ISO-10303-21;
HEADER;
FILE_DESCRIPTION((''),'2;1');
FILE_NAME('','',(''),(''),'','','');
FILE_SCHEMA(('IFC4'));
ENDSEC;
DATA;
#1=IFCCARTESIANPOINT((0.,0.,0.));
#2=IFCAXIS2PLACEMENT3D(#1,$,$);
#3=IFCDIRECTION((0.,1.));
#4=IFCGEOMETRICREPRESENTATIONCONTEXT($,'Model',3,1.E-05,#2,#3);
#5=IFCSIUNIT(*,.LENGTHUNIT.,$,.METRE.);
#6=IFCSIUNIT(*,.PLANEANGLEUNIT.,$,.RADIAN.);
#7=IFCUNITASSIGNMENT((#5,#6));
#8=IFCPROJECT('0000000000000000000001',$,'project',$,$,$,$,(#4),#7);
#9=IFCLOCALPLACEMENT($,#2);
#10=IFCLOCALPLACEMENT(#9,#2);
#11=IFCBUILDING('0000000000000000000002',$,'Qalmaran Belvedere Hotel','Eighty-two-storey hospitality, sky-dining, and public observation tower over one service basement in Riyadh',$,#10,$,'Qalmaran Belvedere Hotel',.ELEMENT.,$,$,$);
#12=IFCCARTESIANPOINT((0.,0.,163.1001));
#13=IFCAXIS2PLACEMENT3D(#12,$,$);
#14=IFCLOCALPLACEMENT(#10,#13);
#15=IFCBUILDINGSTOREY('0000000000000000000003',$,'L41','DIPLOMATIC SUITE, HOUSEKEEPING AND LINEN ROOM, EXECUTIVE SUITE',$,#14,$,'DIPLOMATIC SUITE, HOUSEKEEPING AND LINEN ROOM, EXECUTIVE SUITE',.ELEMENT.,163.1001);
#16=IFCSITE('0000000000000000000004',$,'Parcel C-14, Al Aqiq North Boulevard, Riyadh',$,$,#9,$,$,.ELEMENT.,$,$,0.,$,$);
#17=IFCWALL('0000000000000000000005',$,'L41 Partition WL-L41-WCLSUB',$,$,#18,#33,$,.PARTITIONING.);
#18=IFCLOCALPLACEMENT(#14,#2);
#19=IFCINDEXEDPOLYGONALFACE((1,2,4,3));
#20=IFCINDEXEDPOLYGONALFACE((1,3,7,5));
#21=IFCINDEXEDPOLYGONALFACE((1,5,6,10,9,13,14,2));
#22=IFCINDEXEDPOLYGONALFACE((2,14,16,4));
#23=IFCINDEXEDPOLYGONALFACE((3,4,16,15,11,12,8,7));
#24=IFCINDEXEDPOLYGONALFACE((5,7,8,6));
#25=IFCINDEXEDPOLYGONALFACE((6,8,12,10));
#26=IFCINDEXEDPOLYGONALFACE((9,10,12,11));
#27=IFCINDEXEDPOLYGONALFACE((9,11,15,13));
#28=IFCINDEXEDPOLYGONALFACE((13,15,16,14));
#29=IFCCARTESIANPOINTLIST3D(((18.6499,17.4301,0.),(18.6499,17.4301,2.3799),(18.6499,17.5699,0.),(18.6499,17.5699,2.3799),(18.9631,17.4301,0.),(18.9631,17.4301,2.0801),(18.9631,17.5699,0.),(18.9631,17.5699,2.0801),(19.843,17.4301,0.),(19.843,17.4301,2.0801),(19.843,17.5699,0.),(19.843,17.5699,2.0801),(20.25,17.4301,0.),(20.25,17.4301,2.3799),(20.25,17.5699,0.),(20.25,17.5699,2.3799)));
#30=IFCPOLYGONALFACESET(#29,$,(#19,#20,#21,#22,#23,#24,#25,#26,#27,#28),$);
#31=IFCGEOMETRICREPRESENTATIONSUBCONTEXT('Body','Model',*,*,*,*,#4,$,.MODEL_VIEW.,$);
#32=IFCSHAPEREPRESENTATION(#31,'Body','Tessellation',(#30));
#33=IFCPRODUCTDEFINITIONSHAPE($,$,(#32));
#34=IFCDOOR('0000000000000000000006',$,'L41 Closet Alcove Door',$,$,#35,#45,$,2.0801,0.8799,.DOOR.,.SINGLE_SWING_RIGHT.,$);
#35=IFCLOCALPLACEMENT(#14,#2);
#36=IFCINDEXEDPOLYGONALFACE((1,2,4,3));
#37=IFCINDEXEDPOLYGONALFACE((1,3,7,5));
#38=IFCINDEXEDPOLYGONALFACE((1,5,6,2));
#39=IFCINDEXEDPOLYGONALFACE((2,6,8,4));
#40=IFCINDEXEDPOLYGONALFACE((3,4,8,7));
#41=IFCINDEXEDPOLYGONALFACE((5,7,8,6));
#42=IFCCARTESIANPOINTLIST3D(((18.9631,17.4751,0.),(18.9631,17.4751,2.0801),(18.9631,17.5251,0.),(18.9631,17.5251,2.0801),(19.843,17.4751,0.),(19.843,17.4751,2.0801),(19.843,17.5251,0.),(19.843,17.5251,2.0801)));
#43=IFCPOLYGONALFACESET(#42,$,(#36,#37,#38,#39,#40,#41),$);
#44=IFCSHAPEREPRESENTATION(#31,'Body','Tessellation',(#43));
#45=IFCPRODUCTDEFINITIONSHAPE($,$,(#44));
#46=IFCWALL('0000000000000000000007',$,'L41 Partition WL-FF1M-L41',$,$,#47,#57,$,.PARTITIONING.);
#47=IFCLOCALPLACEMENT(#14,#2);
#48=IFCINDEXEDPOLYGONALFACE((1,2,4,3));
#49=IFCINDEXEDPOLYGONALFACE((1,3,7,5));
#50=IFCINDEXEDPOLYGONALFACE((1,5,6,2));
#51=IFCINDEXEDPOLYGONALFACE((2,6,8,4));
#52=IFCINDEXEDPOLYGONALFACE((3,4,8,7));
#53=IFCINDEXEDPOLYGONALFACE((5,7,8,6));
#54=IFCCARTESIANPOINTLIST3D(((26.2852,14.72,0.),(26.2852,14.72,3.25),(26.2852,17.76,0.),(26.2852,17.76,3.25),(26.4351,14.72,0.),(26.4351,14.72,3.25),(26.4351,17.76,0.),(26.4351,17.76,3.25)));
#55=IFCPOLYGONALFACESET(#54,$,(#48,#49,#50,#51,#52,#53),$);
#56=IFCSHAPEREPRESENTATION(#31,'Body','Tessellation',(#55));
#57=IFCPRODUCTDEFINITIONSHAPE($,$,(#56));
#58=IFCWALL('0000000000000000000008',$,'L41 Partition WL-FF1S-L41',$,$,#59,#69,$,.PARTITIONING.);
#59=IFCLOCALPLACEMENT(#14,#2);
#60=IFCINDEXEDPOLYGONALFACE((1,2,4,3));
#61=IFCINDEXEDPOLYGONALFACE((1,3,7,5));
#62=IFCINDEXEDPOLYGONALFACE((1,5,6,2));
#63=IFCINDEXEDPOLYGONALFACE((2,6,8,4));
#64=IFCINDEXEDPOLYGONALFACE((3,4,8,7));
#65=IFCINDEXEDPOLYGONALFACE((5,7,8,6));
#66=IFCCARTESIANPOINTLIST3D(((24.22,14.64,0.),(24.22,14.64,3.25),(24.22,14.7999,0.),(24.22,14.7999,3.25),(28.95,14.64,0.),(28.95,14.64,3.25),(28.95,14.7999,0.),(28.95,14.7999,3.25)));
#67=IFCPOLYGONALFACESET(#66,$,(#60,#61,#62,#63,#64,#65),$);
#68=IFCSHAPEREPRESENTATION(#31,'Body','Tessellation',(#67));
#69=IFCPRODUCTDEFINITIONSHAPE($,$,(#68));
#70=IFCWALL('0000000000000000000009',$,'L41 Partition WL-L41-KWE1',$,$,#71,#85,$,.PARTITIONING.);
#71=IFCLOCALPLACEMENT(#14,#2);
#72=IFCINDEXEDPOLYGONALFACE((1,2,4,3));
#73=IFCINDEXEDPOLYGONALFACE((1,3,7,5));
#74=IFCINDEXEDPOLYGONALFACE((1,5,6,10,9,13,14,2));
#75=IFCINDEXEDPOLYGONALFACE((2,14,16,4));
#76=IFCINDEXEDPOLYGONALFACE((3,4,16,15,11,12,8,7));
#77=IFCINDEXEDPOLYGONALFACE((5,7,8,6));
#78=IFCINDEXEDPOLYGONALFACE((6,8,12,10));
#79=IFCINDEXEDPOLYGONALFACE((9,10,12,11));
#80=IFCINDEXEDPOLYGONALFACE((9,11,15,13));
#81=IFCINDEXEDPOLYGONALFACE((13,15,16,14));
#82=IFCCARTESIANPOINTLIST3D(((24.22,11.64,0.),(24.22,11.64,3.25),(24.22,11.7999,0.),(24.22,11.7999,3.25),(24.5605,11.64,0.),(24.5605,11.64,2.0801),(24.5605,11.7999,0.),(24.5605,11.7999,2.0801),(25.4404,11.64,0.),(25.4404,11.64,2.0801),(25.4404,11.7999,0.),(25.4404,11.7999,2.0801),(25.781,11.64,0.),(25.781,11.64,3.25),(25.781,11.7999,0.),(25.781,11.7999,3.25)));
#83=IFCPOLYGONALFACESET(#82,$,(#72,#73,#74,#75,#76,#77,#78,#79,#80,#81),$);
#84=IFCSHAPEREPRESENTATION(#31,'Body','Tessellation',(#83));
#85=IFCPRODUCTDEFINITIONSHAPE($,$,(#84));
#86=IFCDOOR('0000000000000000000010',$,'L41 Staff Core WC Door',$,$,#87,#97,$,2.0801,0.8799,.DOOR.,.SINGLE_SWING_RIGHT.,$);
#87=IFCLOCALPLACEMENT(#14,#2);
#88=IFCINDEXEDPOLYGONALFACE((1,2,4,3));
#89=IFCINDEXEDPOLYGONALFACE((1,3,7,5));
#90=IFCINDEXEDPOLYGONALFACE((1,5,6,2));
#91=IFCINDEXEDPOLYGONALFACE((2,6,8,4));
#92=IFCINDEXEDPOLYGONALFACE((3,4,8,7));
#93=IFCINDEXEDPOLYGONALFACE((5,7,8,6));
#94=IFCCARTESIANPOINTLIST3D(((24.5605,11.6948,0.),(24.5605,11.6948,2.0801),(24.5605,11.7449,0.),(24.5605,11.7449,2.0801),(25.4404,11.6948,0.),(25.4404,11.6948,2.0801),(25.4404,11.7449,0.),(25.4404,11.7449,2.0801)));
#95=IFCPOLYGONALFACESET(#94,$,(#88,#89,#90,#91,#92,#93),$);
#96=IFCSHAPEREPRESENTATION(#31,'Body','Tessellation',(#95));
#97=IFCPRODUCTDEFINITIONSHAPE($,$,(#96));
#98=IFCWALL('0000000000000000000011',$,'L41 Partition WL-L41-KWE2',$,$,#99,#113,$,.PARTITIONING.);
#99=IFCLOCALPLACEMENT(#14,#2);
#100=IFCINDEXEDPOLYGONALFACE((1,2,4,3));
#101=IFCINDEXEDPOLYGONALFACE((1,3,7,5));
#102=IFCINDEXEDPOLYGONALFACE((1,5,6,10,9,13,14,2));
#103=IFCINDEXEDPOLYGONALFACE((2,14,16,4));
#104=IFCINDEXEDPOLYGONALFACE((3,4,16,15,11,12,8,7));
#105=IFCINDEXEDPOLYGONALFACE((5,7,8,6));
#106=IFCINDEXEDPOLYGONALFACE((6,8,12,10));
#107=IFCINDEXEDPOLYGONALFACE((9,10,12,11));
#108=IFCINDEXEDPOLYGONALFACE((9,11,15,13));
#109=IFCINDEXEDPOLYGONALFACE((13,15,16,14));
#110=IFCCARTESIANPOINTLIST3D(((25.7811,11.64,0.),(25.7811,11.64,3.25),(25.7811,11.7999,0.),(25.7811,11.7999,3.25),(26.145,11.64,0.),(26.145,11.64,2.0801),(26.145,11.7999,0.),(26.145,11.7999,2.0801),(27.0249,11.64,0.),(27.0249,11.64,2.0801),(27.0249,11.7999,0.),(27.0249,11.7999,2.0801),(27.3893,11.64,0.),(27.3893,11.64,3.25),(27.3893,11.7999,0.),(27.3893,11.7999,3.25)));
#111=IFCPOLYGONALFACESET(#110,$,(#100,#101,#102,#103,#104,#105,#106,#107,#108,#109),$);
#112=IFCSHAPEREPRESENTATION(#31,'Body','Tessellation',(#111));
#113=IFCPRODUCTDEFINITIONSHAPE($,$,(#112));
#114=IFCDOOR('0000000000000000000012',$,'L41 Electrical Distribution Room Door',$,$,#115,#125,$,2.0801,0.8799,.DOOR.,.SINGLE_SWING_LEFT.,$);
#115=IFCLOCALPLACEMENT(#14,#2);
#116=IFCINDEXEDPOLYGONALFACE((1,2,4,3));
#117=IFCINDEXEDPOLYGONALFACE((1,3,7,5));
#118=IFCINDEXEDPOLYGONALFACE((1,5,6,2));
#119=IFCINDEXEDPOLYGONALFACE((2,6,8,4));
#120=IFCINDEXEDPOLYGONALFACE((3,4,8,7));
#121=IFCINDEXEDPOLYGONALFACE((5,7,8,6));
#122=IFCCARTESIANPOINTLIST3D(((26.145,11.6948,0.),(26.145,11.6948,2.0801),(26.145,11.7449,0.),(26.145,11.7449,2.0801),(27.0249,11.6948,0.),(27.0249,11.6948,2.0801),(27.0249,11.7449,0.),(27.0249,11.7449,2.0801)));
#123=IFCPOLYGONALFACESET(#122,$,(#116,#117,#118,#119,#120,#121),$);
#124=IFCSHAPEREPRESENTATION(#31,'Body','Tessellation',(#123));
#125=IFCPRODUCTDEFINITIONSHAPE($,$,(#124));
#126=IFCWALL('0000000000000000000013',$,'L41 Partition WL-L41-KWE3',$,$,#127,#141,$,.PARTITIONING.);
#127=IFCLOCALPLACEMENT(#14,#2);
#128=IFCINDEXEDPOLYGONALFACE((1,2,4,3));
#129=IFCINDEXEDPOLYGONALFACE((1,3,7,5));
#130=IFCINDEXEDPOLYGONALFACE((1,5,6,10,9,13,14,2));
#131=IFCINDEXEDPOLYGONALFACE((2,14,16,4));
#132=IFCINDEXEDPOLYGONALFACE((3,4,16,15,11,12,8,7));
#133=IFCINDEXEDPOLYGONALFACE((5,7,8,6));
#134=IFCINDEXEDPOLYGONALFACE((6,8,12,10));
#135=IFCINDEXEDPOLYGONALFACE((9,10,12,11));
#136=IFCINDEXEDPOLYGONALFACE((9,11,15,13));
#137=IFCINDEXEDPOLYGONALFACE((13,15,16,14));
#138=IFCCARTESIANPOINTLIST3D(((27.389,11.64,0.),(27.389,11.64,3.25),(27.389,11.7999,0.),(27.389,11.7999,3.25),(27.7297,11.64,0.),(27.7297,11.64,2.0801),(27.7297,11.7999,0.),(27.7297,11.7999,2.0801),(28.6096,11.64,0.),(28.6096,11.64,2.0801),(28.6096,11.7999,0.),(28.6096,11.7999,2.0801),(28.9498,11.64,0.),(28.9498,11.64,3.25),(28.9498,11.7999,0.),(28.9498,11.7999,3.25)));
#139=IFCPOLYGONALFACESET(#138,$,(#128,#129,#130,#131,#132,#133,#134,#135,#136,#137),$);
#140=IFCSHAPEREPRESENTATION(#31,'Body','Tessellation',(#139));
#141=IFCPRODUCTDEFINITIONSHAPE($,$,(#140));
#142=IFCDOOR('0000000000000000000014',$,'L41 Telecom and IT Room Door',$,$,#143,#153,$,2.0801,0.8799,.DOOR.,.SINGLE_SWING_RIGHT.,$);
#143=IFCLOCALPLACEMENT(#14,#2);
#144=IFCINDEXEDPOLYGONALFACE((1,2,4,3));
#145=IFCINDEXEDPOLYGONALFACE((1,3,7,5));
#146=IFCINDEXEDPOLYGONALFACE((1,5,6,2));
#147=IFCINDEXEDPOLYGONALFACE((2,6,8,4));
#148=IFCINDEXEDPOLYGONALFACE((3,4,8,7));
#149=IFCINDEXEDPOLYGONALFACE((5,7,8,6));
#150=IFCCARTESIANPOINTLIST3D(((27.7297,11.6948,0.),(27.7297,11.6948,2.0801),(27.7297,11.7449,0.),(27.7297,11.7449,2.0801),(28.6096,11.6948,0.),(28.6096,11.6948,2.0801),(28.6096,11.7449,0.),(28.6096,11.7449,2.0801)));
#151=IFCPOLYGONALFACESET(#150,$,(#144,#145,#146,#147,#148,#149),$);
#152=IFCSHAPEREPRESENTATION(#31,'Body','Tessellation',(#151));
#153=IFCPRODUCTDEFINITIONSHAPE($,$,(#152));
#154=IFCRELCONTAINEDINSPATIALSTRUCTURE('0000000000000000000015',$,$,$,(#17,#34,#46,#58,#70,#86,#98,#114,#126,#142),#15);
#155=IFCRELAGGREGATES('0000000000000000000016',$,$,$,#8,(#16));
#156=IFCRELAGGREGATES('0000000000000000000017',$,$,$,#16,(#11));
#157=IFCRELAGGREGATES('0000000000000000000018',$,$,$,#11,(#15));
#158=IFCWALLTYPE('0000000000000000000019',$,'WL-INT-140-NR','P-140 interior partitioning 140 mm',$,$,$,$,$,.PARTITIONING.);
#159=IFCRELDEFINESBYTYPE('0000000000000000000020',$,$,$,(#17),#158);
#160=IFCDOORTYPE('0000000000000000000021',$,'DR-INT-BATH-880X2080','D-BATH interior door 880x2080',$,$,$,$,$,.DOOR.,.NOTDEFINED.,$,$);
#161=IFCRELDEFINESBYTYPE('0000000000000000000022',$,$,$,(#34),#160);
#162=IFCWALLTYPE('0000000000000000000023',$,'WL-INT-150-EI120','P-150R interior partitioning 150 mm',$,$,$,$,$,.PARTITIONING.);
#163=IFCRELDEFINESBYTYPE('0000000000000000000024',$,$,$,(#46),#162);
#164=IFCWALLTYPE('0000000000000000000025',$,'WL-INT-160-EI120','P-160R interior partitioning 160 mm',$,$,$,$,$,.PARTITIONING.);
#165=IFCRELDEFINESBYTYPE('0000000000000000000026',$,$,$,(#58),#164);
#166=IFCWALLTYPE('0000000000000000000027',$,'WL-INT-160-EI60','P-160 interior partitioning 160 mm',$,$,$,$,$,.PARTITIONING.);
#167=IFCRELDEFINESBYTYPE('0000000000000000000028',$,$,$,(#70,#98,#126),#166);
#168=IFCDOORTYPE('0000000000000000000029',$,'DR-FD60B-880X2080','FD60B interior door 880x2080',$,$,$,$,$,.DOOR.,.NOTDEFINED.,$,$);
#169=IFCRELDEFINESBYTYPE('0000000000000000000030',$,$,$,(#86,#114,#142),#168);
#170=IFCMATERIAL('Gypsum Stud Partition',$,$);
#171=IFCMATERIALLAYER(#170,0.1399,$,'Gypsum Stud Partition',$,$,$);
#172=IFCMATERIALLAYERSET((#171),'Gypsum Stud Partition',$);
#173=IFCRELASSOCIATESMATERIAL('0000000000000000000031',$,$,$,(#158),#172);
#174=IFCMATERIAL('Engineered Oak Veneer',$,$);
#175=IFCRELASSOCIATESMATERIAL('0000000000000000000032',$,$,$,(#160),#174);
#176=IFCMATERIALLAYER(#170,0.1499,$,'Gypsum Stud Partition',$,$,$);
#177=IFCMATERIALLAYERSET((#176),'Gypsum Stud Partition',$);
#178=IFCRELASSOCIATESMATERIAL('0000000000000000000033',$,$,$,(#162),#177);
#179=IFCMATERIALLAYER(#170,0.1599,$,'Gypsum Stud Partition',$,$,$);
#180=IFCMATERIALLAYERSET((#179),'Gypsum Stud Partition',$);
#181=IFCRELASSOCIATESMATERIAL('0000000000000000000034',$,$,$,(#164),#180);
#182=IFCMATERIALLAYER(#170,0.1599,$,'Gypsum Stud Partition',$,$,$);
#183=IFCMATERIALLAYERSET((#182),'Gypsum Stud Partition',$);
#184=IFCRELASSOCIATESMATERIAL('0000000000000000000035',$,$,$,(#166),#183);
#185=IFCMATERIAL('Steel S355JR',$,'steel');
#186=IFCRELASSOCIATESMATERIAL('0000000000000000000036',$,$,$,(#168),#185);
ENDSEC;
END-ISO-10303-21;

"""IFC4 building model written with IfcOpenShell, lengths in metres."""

from ifc_helpers import new_model, si_unit, direction, frame, frame_2d, origin, place, context, subcontext, project, spatial, rectangle, extrude, material, layer, layer_set, type_object, element, fill, save


model = new_model("IFC4")

# Units and contexts
model_context = context("Model", 3, precision=1e-05, world=origin(), true_north=direction((0.0, 1.0)))
body_context = subcontext(model_context, "Body", "Model", "MODEL_VIEW")
ifc_project = project(units=[si_unit("LENGTHUNIT", "METRE"), si_unit("PLANEANGLEUNIT", "RADIAN")], contexts=[model_context])

# Site, building, storey
site_placement = place(None, origin())
site = spatial("IfcSite", under=ifc_project, at=site_placement, Name="Parcel C-14, Al Aqiq North Boulevard, Riyadh", CompositionType="ELEMENT", RefElevation=0.0)
building_placement = place(site_placement, origin())
building = spatial("IfcBuilding", under=site, at=building_placement, Name="Qalmaran Belvedere Hotel", Description="Eighty-two-storey hospitality, sky-dining, and public observation tower over one service basement in Riyadh", LongName="Qalmaran Belvedere Hotel", CompositionType="ELEMENT")
storey_placement = place(building_placement, frame((0.0, 0.0, 163.1001)))
storey = spatial("IfcBuildingStorey", under=building, at=storey_placement, Name="L41", Description="DIPLOMATIC SUITE, HOUSEKEEPING AND LINEN ROOM, EXECUTIVE SUITE", LongName="DIPLOMATIC SUITE, HOUSEKEEPING AND LINEN ROOM, EXECUTIVE SUITE", CompositionType="ELEMENT", Elevation=163.1001)

# Wall, opening, door
ifc_material_1 = material(Name="Gypsum Stud Partition")
ifc_layer_1 = layer(ifc_material_1, 0.1399, Name="Gypsum Stud Partition")
ifc_layer_set_1 = layer_set([ifc_layer_1], Name="Gypsum Stud Partition")
wall_type_1 = type_object("IfcWallType", Name="WL-INT-140-NR", Description="P-140 interior partitioning 140 mm", PredefinedType="PARTITIONING", material=ifc_layer_set_1)
wall_1_placement = place(storey_placement, frame((18.6499, 17.5, 0.0), z_axis=(0.0, 0.0, 1.0), x_axis=(1.0, 0.0, 0.0)))
wall_1 = element("IfcWall", 1, at=wall_1_placement, inside=storey, type_object=wall_type_1, Name="L41 Partition WL-L41-WCLSUB", PredefinedType="PARTITIONING", context=body_context, shape_type="SweptSolid", body=[
    extrude(rectangle(XDim=1.6001, YDim=0.1399, at=frame_2d((0.8, 0.0))), origin(), (0.0, 0.0, 1.0), 2.3799),
])
opening_1_placement = place(wall_1_placement, frame((1.1931, 0.0, 0.0), z_axis=(0.0, 0.0, 1.0), x_axis=(-1.0, 0.0, 0.0)))
opening_1 = element("IfcOpeningElement", 2, at=opening_1_placement, cuts=wall_1, PredefinedType="OPENING", context=body_context, shape_type="SweptSolid", body=[
    extrude(rectangle(XDim=0.8799, YDim=2.0801, at=frame_2d((0.4399, 1.04))), frame((0.0, 0.0801, 0.0), z_axis=(0.0, -1.0, 0.0), x_axis=(1.0, 0.0, 0.0)), (0.0, 0.0, 1.0), 0.1599),
])
ifc_material_2 = material(Name="Engineered Oak Veneer")
door_type_1 = type_object("IfcDoorType", Name="DR-INT-BATH-880X2080", Description="D-BATH interior door 880x2080", OperationType="NOTDEFINED", PredefinedType="DOOR", material=ifc_material_2)
door_1_placement = place(opening_1_placement, origin())
door_1 = element("IfcDoor", 3, at=door_1_placement, inside=storey, type_object=door_type_1, Name="L41 Closet Alcove Door", OperationType="SINGLE_SWING_RIGHT", OverallHeight=2.0801, OverallWidth=0.8799, PredefinedType="DOOR", context=body_context, shape_type="SweptSolid", body=[
    extrude(rectangle(XDim=0.8799, YDim=2.0801, at=frame_2d((0.4399, 1.04))), frame((0.0, 0.0249, 0.0), z_axis=(0.0, -1.0, 0.0), x_axis=(1.0, 0.0, 0.0)), (0.0, 0.0, 1.0), 0.05),
])
fill(opening_1, door_1)

# Walls
ifc_layer_2 = layer(ifc_material_1, 0.1499, Name="Gypsum Stud Partition")
ifc_layer_set_2 = layer_set([ifc_layer_2], Name="Gypsum Stud Partition")
wall_type_2 = type_object("IfcWallType", Name="WL-INT-150-EI120", Description="P-150R interior partitioning 150 mm", PredefinedType="PARTITIONING", material=ifc_layer_set_2)
wall_2_placement = place(storey_placement, frame((26.3601, 14.72, 0.0), z_axis=(0.0, 0.0, 1.0), x_axis=(0.0, 1.0, 0.0)))
element("IfcWall", 4, at=wall_2_placement, inside=storey, type_object=wall_type_2, Name="L41 Partition WL-FF1M-L41", PredefinedType="PARTITIONING", context=body_context, shape_type="SweptSolid", body=[
    extrude(rectangle(XDim=3.04, YDim=0.1499, at=frame_2d((1.52, 0.0))), origin(), (0.0, 0.0, 1.0), 3.25),
])
ifc_layer_3 = layer(ifc_material_1, 0.1599, Name="Gypsum Stud Partition")
ifc_layer_set_3 = layer_set([ifc_layer_3], Name="Gypsum Stud Partition")
wall_type_3 = type_object("IfcWallType", Name="WL-INT-160-EI120", Description="P-160R interior partitioning 160 mm", PredefinedType="PARTITIONING", material=ifc_layer_set_3)
wall_3_placement = place(storey_placement, frame((24.22, 14.72, 0.0), z_axis=(0.0, 0.0, 1.0), x_axis=(1.0, 0.0, 0.0)))
element("IfcWall", 5, at=wall_3_placement, inside=storey, type_object=wall_type_3, Name="L41 Partition WL-FF1S-L41", PredefinedType="PARTITIONING", context=body_context, shape_type="SweptSolid", body=[
    extrude(rectangle(XDim=4.73, YDim=0.1599, at=frame_2d((2.365, 0.0))), origin(), (0.0, 0.0, 1.0), 3.25),
])

# Walls, openings, doors
ifc_layer_4 = layer(ifc_material_1, 0.1599, Name="Gypsum Stud Partition")
ifc_layer_set_4 = layer_set([ifc_layer_4], Name="Gypsum Stud Partition")
wall_type_4 = type_object("IfcWallType", Name="WL-INT-160-EI60", Description="P-160 interior partitioning 160 mm", PredefinedType="PARTITIONING", material=ifc_layer_set_4)
wall_4_placement = place(storey_placement, frame((24.22, 11.72, 0.0), z_axis=(0.0, 0.0, 1.0), x_axis=(1.0, 0.0, 0.0)))
wall_4 = element("IfcWall", 6, at=wall_4_placement, inside=storey, type_object=wall_type_4, Name="L41 Partition WL-L41-KWE1", PredefinedType="PARTITIONING", context=body_context, shape_type="SweptSolid", body=[
    extrude(rectangle(XDim=1.561, YDim=0.1599, at=frame_2d((0.7805, 0.0))), origin(), (0.0, 0.0, 1.0), 3.25),
])
opening_2_placement = place(wall_4_placement, frame((0.3406, 0.0, 0.0)))
opening_2 = element("IfcOpeningElement", 7, at=opening_2_placement, cuts=wall_4, PredefinedType="OPENING", context=body_context, shape_type="SweptSolid", body=[
    extrude(rectangle(XDim=0.8799, YDim=2.0801, at=frame_2d((0.4399, 1.04))), frame((0.0, 0.0898, 0.0), z_axis=(0.0, -1.0, 0.0), x_axis=(1.0, 0.0, 0.0)), (0.0, 0.0, 1.0), 0.1799),
])
ifc_material_3 = material(Name="Steel S355JR", Category="steel")
door_type_2 = type_object("IfcDoorType", Name="DR-FD60B-880X2080", Description="FD60B interior door 880x2080", OperationType="NOTDEFINED", PredefinedType="DOOR", material=ifc_material_3)
door_2_placement = place(opening_2_placement, origin())
door_2 = element("IfcDoor", 8, at=door_2_placement, inside=storey, type_object=door_type_2, Name="L41 Staff Core WC Door", OperationType="SINGLE_SWING_RIGHT", OverallHeight=2.0801, OverallWidth=0.8799, PredefinedType="DOOR", context=body_context, shape_type="SweptSolid", body=[
    extrude(rectangle(XDim=0.8799, YDim=2.0801, at=frame_2d((0.4399, 1.04))), frame((0.0, 0.0249, 0.0), z_axis=(0.0, -1.0, 0.0), x_axis=(1.0, 0.0, 0.0)), (0.0, 0.0, 1.0), 0.05),
])
fill(opening_2, door_2)
wall_5_placement = place(storey_placement, frame((25.781, 11.72, 0.0), z_axis=(0.0, 0.0, 1.0), x_axis=(1.0, 0.0, 0.0)))
wall_5 = element("IfcWall", 9, at=wall_5_placement, inside=storey, type_object=wall_type_4, Name="L41 Partition WL-L41-KWE2", PredefinedType="PARTITIONING", context=body_context, shape_type="SweptSolid", body=[
    extrude(rectangle(XDim=1.6082, YDim=0.1599, at=frame_2d((0.8042, 0.0))), origin(), (0.0, 0.0, 1.0), 3.25),
])
opening_3_placement = place(wall_5_placement, frame((0.364, 0.0, 0.0)))
opening_3 = element("IfcOpeningElement", 10, at=opening_3_placement, cuts=wall_5, PredefinedType="OPENING", context=body_context, shape_type="SweptSolid", body=[
    extrude(rectangle(XDim=0.8799, YDim=2.0801, at=frame_2d((0.4399, 1.04))), frame((0.0, 0.0898, 0.0), z_axis=(0.0, -1.0, 0.0), x_axis=(1.0, 0.0, 0.0)), (0.0, 0.0, 1.0), 0.1799),
])
door_3_placement = place(opening_3_placement, origin())
door_3 = element("IfcDoor", 11, at=door_3_placement, inside=storey, type_object=door_type_2, Name="L41 Electrical Distribution Room Door", OperationType="SINGLE_SWING_LEFT", OverallHeight=2.0801, OverallWidth=0.8799, PredefinedType="DOOR", context=body_context, shape_type="SweptSolid", body=[
    extrude(rectangle(XDim=0.8799, YDim=2.0801, at=frame_2d((0.4399, 1.04))), frame((0.0, 0.0249, 0.0), z_axis=(0.0, -1.0, 0.0), x_axis=(1.0, 0.0, 0.0)), (0.0, 0.0, 1.0), 0.05),
])
fill(opening_3, door_3)
wall_6_placement = place(storey_placement, frame((27.3892, 11.72, 0.0), z_axis=(0.0, 0.0, 1.0), x_axis=(1.0, 0.0, 0.0)))
wall_6 = element("IfcWall", 12, at=wall_6_placement, inside=storey, type_object=wall_type_4, Name="L41 Partition WL-L41-KWE3", PredefinedType="PARTITIONING", context=body_context, shape_type="SweptSolid", body=[
    extrude(rectangle(XDim=1.5608, YDim=0.1599, at=frame_2d((0.7803, 0.0))), origin(), (0.0, 0.0, 1.0), 3.25),
])
opening_4_placement = place(wall_6_placement, frame((0.3406, 0.0, 0.0)))
opening_4 = element("IfcOpeningElement", 13, at=opening_4_placement, cuts=wall_6, PredefinedType="OPENING", context=body_context, shape_type="SweptSolid", body=[
    extrude(rectangle(XDim=0.8799, YDim=2.0801, at=frame_2d((0.4399, 1.04))), frame((0.0, 0.0898, 0.0), z_axis=(0.0, -1.0, 0.0), x_axis=(1.0, 0.0, 0.0)), (0.0, 0.0, 1.0), 0.1799),
])
door_4_placement = place(opening_4_placement, origin())
door_4 = element("IfcDoor", 14, at=door_4_placement, inside=storey, type_object=door_type_2, Name="L41 Telecom and IT Room Door", OperationType="SINGLE_SWING_RIGHT", OverallHeight=2.0801, OverallWidth=0.8799, PredefinedType="DOOR", context=body_context, shape_type="SweptSolid", body=[
    extrude(rectangle(XDim=0.8799, YDim=2.0801, at=frame_2d((0.4399, 1.04))), frame((0.0, 0.0249, 0.0), z_axis=(0.0, -1.0, 0.0), x_axis=(1.0, 0.0, 0.0)), (0.0, 0.0, 1.0), 0.05),
])
fill(opening_4, door_4)

save(model, "model.ifc")
